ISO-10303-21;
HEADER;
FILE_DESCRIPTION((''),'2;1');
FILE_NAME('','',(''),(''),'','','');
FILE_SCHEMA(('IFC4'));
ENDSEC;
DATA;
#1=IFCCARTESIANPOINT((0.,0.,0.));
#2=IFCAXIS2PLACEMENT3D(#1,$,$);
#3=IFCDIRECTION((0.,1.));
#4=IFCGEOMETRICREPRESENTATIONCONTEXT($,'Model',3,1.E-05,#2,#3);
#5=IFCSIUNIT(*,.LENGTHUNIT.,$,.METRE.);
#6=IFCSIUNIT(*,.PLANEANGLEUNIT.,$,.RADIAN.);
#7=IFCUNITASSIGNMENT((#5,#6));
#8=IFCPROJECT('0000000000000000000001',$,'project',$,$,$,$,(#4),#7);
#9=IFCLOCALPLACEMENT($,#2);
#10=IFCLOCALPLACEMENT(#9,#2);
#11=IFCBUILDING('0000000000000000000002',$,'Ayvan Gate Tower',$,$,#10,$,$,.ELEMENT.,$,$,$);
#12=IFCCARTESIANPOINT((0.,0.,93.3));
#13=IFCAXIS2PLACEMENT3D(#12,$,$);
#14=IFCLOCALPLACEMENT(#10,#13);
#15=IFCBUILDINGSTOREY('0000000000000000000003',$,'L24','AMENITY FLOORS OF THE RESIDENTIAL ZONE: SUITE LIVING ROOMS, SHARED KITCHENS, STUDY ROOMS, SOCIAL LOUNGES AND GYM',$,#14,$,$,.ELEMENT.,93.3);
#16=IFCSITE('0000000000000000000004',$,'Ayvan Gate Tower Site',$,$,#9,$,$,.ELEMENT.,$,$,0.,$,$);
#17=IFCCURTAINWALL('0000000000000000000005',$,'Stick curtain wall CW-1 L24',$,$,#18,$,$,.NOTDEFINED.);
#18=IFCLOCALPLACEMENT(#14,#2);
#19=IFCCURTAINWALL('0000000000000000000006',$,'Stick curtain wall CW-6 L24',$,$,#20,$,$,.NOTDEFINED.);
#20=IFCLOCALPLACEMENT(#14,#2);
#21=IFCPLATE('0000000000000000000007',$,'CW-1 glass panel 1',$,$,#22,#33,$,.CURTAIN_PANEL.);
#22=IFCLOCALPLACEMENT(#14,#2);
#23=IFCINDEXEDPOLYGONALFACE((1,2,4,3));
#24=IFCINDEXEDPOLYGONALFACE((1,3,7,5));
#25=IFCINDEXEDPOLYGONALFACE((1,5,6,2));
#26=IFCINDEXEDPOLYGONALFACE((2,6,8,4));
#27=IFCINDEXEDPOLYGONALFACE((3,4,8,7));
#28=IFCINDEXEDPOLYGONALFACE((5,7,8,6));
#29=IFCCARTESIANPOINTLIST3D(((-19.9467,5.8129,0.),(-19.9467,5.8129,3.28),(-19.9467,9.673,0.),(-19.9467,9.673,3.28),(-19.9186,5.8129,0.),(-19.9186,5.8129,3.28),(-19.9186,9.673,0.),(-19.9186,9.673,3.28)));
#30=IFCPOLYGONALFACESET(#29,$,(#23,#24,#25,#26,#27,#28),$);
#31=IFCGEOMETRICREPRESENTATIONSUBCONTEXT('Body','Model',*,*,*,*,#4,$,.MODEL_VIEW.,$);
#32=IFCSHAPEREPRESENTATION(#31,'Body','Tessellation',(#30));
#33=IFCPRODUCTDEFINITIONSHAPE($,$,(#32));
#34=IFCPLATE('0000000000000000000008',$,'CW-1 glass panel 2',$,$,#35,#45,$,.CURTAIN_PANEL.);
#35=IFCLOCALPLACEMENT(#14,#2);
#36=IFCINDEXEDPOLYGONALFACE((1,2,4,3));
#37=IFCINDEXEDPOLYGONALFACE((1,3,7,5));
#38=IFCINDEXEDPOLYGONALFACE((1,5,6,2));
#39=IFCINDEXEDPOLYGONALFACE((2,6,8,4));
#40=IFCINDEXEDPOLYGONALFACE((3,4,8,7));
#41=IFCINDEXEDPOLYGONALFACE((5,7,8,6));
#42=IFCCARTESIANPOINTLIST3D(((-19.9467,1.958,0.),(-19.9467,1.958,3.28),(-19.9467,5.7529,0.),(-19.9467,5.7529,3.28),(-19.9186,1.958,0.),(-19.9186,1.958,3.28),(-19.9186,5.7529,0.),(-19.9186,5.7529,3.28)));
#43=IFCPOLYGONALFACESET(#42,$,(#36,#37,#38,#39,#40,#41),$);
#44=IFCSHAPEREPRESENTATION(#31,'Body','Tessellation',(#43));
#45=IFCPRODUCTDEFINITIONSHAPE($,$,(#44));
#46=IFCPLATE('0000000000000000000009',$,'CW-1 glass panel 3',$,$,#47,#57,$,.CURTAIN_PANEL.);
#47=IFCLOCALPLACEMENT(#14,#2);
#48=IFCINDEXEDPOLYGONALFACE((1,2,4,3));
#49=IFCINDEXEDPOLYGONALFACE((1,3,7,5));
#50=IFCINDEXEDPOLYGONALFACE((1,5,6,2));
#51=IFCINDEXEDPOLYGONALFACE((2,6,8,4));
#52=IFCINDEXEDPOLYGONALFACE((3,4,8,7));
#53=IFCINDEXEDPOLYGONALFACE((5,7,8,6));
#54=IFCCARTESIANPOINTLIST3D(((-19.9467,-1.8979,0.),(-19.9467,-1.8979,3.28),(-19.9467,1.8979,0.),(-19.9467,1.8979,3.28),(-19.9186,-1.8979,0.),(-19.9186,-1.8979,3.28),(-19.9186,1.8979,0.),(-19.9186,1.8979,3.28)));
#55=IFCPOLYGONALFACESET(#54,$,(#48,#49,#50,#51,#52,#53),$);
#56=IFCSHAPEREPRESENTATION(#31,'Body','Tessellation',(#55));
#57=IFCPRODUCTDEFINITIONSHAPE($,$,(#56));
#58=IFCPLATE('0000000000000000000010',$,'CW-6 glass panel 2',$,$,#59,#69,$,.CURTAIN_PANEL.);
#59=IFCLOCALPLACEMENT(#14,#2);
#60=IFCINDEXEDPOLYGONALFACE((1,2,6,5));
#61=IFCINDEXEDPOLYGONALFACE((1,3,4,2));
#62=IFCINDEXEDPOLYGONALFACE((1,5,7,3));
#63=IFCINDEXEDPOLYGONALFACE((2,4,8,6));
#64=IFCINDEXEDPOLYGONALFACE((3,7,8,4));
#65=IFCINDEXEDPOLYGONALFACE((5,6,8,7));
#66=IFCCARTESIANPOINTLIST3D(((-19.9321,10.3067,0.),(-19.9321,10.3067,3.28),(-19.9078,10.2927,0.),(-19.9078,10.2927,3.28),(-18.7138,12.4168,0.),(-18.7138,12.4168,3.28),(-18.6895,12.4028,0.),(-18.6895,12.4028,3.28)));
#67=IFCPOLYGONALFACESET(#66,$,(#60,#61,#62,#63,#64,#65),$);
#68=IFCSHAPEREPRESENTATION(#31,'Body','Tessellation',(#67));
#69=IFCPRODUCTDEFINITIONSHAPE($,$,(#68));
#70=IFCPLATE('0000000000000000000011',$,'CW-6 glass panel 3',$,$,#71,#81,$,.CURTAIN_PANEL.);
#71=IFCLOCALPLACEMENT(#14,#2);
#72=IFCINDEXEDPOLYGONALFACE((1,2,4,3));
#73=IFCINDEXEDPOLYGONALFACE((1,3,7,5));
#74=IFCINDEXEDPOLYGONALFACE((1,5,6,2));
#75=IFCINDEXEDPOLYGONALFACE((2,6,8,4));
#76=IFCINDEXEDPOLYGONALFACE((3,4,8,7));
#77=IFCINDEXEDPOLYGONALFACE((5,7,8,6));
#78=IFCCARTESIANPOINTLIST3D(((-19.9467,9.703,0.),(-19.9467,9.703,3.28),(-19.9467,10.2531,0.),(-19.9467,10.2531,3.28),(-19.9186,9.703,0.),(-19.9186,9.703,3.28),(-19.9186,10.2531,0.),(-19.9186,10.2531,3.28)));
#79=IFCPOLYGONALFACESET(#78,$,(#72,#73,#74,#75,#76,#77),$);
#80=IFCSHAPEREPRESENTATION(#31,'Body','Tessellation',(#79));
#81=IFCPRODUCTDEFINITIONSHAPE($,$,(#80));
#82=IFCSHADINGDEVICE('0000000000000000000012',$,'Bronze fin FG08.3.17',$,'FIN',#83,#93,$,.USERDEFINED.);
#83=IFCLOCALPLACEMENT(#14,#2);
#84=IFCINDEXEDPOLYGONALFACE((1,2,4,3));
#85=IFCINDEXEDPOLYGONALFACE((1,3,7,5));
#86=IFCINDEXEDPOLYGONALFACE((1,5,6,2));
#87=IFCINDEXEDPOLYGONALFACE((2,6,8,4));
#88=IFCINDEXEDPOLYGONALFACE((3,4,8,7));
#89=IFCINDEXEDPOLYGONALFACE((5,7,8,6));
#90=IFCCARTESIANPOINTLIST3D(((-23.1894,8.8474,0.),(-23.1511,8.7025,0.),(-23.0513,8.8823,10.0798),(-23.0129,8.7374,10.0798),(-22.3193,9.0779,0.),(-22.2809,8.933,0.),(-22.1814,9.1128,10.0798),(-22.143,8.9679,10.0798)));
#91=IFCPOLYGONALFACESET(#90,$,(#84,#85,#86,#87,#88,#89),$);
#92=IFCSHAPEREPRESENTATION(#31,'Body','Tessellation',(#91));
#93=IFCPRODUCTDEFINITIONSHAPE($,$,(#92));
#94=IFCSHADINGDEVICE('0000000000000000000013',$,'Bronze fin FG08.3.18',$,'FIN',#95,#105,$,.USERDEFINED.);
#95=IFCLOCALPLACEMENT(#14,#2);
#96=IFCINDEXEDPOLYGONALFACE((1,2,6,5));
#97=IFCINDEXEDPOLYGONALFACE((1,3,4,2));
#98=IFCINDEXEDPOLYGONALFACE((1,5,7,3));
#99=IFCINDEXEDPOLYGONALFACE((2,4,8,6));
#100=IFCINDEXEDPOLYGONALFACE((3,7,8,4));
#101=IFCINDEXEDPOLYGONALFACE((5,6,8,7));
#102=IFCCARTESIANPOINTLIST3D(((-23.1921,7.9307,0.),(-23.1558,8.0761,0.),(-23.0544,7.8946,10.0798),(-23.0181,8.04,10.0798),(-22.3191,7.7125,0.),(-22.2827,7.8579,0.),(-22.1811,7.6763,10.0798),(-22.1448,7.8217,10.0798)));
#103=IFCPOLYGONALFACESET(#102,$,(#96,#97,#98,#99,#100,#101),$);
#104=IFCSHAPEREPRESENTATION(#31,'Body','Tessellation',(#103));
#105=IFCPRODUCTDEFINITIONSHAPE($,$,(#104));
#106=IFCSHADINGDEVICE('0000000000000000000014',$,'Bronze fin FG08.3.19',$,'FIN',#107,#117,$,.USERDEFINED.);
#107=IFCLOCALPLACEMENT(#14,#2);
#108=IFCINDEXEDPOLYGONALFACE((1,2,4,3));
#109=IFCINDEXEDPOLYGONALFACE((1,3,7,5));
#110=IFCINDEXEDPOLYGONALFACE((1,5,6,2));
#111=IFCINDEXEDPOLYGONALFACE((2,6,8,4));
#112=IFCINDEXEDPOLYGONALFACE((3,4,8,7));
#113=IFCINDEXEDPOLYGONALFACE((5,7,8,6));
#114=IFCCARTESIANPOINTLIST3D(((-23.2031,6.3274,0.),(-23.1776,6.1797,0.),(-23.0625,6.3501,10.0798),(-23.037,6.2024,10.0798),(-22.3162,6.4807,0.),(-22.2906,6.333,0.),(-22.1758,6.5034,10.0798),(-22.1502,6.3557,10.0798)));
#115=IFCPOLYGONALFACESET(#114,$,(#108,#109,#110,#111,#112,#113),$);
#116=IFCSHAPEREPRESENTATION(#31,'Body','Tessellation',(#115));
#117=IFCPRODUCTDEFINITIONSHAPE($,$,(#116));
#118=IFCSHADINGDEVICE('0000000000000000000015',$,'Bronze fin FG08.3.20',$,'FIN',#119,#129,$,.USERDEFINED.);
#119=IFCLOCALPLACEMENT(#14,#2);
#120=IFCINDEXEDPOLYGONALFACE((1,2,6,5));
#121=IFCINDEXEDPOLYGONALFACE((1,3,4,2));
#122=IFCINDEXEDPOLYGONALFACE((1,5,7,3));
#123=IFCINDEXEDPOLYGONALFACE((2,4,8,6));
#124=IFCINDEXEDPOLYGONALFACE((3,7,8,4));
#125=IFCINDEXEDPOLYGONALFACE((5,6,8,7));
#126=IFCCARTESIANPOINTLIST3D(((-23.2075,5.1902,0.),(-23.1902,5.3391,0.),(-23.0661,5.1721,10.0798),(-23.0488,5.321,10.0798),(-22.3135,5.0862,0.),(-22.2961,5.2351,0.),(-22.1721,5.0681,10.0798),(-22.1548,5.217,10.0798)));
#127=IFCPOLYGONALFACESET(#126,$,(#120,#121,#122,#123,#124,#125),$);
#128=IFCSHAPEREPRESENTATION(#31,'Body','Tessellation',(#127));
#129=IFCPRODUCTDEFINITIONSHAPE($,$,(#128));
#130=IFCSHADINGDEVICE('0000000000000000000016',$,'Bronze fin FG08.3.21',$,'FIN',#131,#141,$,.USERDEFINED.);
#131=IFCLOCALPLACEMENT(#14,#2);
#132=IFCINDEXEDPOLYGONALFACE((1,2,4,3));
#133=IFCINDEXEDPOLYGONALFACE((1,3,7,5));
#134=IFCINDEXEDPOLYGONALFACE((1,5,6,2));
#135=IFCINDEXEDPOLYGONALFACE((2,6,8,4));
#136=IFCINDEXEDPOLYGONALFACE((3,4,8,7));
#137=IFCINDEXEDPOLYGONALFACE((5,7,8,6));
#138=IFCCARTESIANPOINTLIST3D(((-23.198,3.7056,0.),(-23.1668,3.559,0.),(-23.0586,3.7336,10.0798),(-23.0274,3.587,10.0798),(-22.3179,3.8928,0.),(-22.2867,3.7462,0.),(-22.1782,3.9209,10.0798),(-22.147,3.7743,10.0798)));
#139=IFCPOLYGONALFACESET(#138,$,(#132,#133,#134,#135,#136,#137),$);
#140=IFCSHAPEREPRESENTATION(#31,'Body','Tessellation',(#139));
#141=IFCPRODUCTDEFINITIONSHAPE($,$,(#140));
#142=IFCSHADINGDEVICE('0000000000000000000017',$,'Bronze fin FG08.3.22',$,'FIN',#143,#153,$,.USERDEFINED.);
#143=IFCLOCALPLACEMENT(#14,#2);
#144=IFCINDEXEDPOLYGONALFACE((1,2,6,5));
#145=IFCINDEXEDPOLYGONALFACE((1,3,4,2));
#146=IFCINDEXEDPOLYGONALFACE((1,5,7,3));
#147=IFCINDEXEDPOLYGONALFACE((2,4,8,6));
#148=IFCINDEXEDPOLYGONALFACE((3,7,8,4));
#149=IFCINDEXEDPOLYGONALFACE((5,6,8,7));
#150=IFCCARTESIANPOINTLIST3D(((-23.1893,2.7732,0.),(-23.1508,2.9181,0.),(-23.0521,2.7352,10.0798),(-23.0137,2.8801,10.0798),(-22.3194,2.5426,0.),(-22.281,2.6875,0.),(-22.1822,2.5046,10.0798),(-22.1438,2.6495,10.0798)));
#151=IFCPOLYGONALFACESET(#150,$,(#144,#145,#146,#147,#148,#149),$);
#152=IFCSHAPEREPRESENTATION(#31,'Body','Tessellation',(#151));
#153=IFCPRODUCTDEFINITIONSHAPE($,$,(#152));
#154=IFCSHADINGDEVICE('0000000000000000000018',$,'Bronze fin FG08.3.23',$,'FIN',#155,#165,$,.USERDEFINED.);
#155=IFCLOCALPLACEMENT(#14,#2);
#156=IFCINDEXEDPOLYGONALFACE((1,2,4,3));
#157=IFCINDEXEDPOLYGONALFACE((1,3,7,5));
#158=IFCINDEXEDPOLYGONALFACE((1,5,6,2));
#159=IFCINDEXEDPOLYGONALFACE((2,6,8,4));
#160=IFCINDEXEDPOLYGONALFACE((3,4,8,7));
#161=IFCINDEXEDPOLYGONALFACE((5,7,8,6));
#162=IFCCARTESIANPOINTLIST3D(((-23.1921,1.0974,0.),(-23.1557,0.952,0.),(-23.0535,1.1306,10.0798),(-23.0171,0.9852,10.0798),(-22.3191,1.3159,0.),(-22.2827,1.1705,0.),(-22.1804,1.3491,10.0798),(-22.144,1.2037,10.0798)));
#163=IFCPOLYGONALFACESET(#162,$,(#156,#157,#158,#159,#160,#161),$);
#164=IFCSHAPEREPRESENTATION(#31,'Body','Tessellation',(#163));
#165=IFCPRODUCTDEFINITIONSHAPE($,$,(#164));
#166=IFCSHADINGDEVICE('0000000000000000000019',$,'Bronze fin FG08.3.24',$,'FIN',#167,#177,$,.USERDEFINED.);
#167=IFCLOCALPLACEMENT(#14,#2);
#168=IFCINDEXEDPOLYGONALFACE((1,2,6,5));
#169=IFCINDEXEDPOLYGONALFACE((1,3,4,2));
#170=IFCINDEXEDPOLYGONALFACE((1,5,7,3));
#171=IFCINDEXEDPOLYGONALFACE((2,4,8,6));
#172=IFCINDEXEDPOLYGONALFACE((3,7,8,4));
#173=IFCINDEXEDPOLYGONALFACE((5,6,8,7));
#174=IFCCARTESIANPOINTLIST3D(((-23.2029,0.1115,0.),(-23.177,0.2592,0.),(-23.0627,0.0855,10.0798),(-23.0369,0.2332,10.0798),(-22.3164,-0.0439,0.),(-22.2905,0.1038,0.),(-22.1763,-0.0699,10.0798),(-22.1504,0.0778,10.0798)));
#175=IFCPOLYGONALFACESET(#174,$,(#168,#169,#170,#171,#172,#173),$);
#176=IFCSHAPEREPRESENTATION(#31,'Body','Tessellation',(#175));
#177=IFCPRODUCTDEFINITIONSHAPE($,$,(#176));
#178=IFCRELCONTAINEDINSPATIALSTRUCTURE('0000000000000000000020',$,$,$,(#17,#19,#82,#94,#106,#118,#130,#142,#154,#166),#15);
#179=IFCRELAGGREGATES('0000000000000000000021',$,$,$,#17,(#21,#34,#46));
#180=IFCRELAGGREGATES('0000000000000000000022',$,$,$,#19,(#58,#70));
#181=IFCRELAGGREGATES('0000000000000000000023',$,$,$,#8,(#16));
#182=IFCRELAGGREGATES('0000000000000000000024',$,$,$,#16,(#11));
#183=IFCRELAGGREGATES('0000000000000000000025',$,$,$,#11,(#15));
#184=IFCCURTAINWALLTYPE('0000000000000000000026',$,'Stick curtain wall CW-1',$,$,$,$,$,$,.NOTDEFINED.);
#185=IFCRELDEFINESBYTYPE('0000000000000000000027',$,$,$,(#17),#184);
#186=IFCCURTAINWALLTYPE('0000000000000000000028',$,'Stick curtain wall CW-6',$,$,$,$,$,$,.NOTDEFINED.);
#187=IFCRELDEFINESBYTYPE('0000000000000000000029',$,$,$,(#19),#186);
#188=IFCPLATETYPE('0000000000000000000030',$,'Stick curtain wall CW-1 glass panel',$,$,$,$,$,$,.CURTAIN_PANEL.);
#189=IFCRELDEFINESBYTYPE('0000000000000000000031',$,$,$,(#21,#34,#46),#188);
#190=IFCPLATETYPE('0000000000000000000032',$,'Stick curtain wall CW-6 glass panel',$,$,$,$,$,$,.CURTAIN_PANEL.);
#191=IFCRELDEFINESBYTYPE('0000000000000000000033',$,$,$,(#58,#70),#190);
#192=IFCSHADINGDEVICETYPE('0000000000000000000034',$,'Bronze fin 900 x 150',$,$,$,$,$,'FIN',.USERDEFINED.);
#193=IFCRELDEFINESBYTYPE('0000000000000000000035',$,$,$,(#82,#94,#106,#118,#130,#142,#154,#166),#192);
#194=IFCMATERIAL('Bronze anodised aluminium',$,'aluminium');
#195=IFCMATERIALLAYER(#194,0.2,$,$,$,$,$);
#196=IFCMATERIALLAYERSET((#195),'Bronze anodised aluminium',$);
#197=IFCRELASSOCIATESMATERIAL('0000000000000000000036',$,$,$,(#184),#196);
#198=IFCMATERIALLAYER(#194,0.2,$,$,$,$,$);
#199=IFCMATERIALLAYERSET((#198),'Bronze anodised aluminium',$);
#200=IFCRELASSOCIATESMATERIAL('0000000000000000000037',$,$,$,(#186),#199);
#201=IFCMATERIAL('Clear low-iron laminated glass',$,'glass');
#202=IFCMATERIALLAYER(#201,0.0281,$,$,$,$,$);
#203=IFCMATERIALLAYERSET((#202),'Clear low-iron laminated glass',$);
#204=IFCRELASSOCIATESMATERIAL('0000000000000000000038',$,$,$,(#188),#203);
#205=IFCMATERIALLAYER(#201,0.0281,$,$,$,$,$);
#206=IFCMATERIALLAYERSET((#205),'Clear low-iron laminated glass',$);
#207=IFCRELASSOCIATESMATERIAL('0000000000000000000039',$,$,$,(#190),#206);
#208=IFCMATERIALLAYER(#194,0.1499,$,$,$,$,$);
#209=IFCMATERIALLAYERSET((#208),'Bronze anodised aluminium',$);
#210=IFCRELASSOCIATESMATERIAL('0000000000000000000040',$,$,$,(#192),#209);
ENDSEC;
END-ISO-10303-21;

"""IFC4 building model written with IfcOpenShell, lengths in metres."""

from ifc_helpers import new_model, si_unit, direction, frame, origin, origin_2d, place, context, subcontext, project, spatial, polyline, rectangle, outline, extrude, material, layer, layer_set, type_object, element, aggregate, save


model = new_model("IFC4")

# Units and contexts
model_context = context("Model", 3, precision=1e-05, world=origin(), true_north=direction((0.0, 1.0)))
body_context = subcontext(model_context, "Body", "Model", "MODEL_VIEW")
ifc_project = project(units=[si_unit("LENGTHUNIT", "METRE"), si_unit("PLANEANGLEUNIT", "RADIAN")], contexts=[model_context])

# Site, building, storey
site_placement = place(None, origin())
site = spatial("IfcSite", under=ifc_project, at=site_placement, Name="Ayvan Gate Tower Site", CompositionType="ELEMENT", RefElevation=0.0)
building_placement = place(site_placement, origin())
building = spatial("IfcBuilding", under=site, at=building_placement, Name="Ayvan Gate Tower", CompositionType="ELEMENT")
storey_placement = place(building_placement, frame((0.0, 0.0, 93.3)))
storey = spatial("IfcBuildingStorey", under=building, at=storey_placement, Name="L24", Description="AMENITY FLOORS OF THE RESIDENTIAL ZONE: SUITE LIVING ROOMS, SHARED KITCHENS, STUDY ROOMS, SOCIAL LOUNGES AND GYM", CompositionType="ELEMENT", Elevation=93.3)

# Curtain walls
ifc_material_1 = material(Name="Bronze anodised aluminium", Category="aluminium")
ifc_layer_1 = layer(ifc_material_1, 0.2)
ifc_layer_set_1 = layer_set([ifc_layer_1], Name="Bronze anodised aluminium")
curtain_wall_type_1 = type_object("IfcCurtainWallType", Name="Stick curtain wall CW-1", PredefinedType="NOTDEFINED", material=ifc_layer_set_1)
curtain_wall_1_placement = place(storey_placement, origin())
curtain_wall_1 = element("IfcCurtainWall", 1, at=curtain_wall_1_placement, inside=storey, type_object=curtain_wall_type_1, Name="Stick curtain wall CW-1 L24", PredefinedType="NOTDEFINED")
ifc_layer_2 = layer(ifc_material_1, 0.2)
ifc_layer_set_2 = layer_set([ifc_layer_2], Name="Bronze anodised aluminium")
curtain_wall_type_2 = type_object("IfcCurtainWallType", Name="Stick curtain wall CW-6", PredefinedType="NOTDEFINED", material=ifc_layer_set_2)
curtain_wall_2_placement = place(storey_placement, origin())
curtain_wall_2 = element("IfcCurtainWall", 2, at=curtain_wall_2_placement, inside=storey, type_object=curtain_wall_type_2, Name="Stick curtain wall CW-6 L24", PredefinedType="NOTDEFINED")

# Plates
ifc_material_2 = material(Name="Clear low-iron laminated glass", Category="glass")
ifc_layer_3 = layer(ifc_material_2, 0.0281)
ifc_layer_set_3 = layer_set([ifc_layer_3], Name="Clear low-iron laminated glass")
plate_type_1 = type_object("IfcPlateType", Name="Stick curtain wall CW-1 glass panel", PredefinedType="CURTAIN_PANEL", material=ifc_layer_set_3)
plate_1_placement = place(storey_placement, frame((-19.9326, 7.7429, 0.0), z_axis=(0.0, 0.0, 1.0), x_axis=(0.0, -1.0, 0.0)))
plate_1 = element("IfcPlate", 3, at=plate_1_placement, type_object=plate_type_1, Name="CW-1 glass panel 1", PredefinedType="CURTAIN_PANEL", context=body_context, shape_type="SweptSolid", body=[
    extrude(rectangle(XDim=3.8601, YDim=0.0281, at=origin_2d()), origin(), (0.0, 0.0, 1.0), 3.28),
])
plate_2_placement = place(storey_placement, frame((-19.9326, 3.8555, 0.0), z_axis=(0.0, 0.0, 1.0), x_axis=(0.0, -1.0, 0.0)))
plate_2 = element("IfcPlate", 4, at=plate_2_placement, type_object=plate_type_1, Name="CW-1 glass panel 2", PredefinedType="CURTAIN_PANEL", context=body_context, shape_type="SweptSolid", body=[
    extrude(rectangle(XDim=3.7949, YDim=0.0281, at=origin_2d()), origin(), (0.0, 0.0, 1.0), 3.28),
])
plate_3_placement = place(storey_placement, frame((-19.9326, 0.0, 0.0), z_axis=(0.0, 0.0, 1.0), x_axis=(0.0, -1.0, 0.0)))
plate_3 = element("IfcPlate", 5, at=plate_3_placement, type_object=plate_type_1, Name="CW-1 glass panel 3", PredefinedType="CURTAIN_PANEL", context=body_context, shape_type="SweptSolid", body=[
    extrude(rectangle(XDim=3.7959, YDim=0.0281, at=origin_2d()), origin(), (0.0, 0.0, 1.0), 3.28),
])
aggregate(curtain_wall_1, [plate_1, plate_2, plate_3])
ifc_layer_4 = layer(ifc_material_2, 0.0281)
ifc_layer_set_4 = layer_set([ifc_layer_4], Name="Clear low-iron laminated glass")
plate_type_2 = type_object("IfcPlateType", Name="Stick curtain wall CW-6 glass panel", PredefinedType="CURTAIN_PANEL", material=ifc_layer_set_4)
plate_4_placement = place(storey_placement, frame((-19.3108, 11.3547, 0.0), z_axis=(0.0, 0.0, 1.0), x_axis=(-0.5, -0.866025, 0.0)))
plate_4 = element("IfcPlate", 6, at=plate_4_placement, type_object=plate_type_2, Name="CW-6 glass panel 2", PredefinedType="CURTAIN_PANEL", context=body_context, shape_type="SweptSolid", body=[
    extrude(rectangle(XDim=2.4365, YDim=0.0281, at=origin_2d()), origin(), (0.0, 0.0, 1.0), 3.28),
])
plate_5_placement = place(storey_placement, frame((-19.9326, 9.978, 0.0), z_axis=(0.0, 0.0, 1.0), x_axis=(0.0, -1.0, 0.0)))
plate_5 = element("IfcPlate", 7, at=plate_5_placement, type_object=plate_type_2, Name="CW-6 glass panel 3", PredefinedType="CURTAIN_PANEL", context=body_context, shape_type="SweptSolid", body=[
    extrude(rectangle(XDim=0.55, YDim=0.0281, at=origin_2d()), origin(), (0.0, 0.0, 1.0), 3.28),
])
aggregate(curtain_wall_2, [plate_4, plate_5])

# Shading devices
ifc_layer_5 = layer(ifc_material_1, 0.1499)
ifc_layer_set_5 = layer_set([ifc_layer_5], Name="Bronze anodised aluminium")
shading_device_type = type_object("IfcShadingDeviceType", Name="Bronze fin 900 x 150", ElementType="FIN", PredefinedType="USERDEFINED", material=ifc_layer_set_5)
shading_device_1_placement = place(storey_placement, frame((-22.3193, 9.0779, 0.0), z_axis=(-0.256075, 0.966657, 0.000159), x_axis=(-0.966657, -0.256075, 0.0)))
element("IfcShadingDevice", 8, at=shading_device_1_placement, inside=storey, type_object=shading_device_type, Name="Bronze fin FG08.3.17", ObjectType="FIN", PredefinedType="USERDEFINED", context=body_context, shape_type="SweptSolid", body=[
    extrude(outline(polyline([(0.0, 0.0), (0.9001, 0.0), (0.7576, 10.0798), (-0.1423, 10.0798), (0.0, 0.0)])), origin(), (0.0, 0.0, -1.0), 0.1499),
])
shading_device_2_placement = place(storey_placement, frame((-22.2827, 7.8579, 0.0), z_axis=(0.242504, 0.97015, 0.000162), x_axis=(-0.97015, 0.242504, 0.0)))
element("IfcShadingDevice", 9, at=shading_device_2_placement, inside=storey, type_object=shading_device_type, Name="Bronze fin FG08.3.18", ObjectType="FIN", PredefinedType="USERDEFINED", context=body_context, shape_type="SweptSolid", body=[
    extrude(outline(polyline([(0.0, 0.0), (0.8999, 0.0), (0.7576, 10.0798), (-0.1426, 10.0798), (0.0, 0.0)])), origin(), (0.0, 0.0, -1.0), 0.1499),
])
shading_device_3_placement = place(storey_placement, frame((-22.3162, 6.4807, 0.0), z_axis=(-0.170357, 0.985382, 0.000155), x_axis=(-0.985382, -0.170357, 0.0)))
element("IfcShadingDevice", 10, at=shading_device_3_placement, inside=storey, type_object=shading_device_type, Name="Bronze fin FG08.3.19", ObjectType="FIN", PredefinedType="USERDEFINED", context=body_context, shape_type="SweptSolid", body=[
    extrude(outline(polyline([(0.0, 0.0), (0.9001, 0.0), (0.7577, 10.0798), (-0.1422, 10.0798), (0.0, 0.0)])), origin(), (0.0, 0.0, -1.0), 0.1499),
])
shading_device_4_placement = place(storey_placement, frame((-22.2961, 5.2351, 0.0), z_axis=(0.115551, 0.993302, 0.00016), x_axis=(-0.993302, 0.115551, 0.0)))
element("IfcShadingDevice", 11, at=shading_device_4_placement, inside=storey, type_object=shading_device_type, Name="Bronze fin FG08.3.20", ObjectType="FIN", PredefinedType="USERDEFINED", context=body_context, shape_type="SweptSolid", body=[
    extrude(outline(polyline([(0.0, 0.0), (0.9001, 0.0), (0.7576, 10.0798), (-0.1425, 10.0798), (0.0, 0.0)])), origin(), (0.0, 0.0, -1.0), 0.1499),
])
shading_device_5_placement = place(storey_placement, frame((-22.3179, 3.8928, 0.0), z_axis=(-0.208075, 0.978113, 0.000156), x_axis=(-0.978113, -0.208075, 0.0)))
element("IfcShadingDevice", 12, at=shading_device_5_placement, inside=storey, type_object=shading_device_type, Name="Bronze fin FG08.3.21", ObjectType="FIN", PredefinedType="USERDEFINED", context=body_context, shape_type="SweptSolid", body=[
    extrude(outline(polyline([(0.0, 0.0), (0.8998, 0.0), (0.7576, 10.0798), (-0.1424, 10.0798), (0.0, 0.0)])), origin(), (0.0, 0.0, -1.0), 0.1499),
])
shading_device_6_placement = place(storey_placement, frame((-22.281, 2.6875, 0.0), z_axis=(0.256236, 0.966614, 0.000153), x_axis=(-0.966614, 0.256236, 0.0)))
element("IfcShadingDevice", 13, at=shading_device_6_placement, inside=storey, type_object=shading_device_type, Name="Bronze fin FG08.3.22", ObjectType="FIN", PredefinedType="USERDEFINED", context=body_context, shape_type="SweptSolid", body=[
    extrude(outline(polyline([(0.0, 0.0), (0.8999, 0.0), (0.7576, 10.0798), (-0.1424, 10.0798), (0.0, 0.0)])), origin(), (0.0, 0.0, -1.0), 0.1499),
])
shading_device_7_placement = place(storey_placement, frame((-22.3191, 1.3159, 0.0), z_axis=(-0.242791, 0.970079, 0.000145), x_axis=(-0.970079, -0.242791, 0.0)))
element("IfcShadingDevice", 14, at=shading_device_7_placement, inside=storey, type_object=shading_device_type, Name="Bronze fin FG08.3.23", ObjectType="FIN", PredefinedType="USERDEFINED", context=body_context, shape_type="SweptSolid", body=[
    extrude(outline(polyline([(0.0, 0.0), (0.9, 0.0), (0.7574, 10.0798), (-0.1426, 10.0798), (0.0, 0.0)])), origin(), (0.0, 0.0, -1.0), 0.1499),
])
shading_device_8_placement = place(storey_placement, frame((-22.2905, 0.1038, 0.0), z_axis=(0.172663, 0.984981, 0.00014), x_axis=(-0.984981, 0.172663, 0.0)))
element("IfcShadingDevice", 15, at=shading_device_8_placement, inside=storey, type_object=shading_device_type, Name="Bronze fin FG08.3.24", ObjectType="FIN", PredefinedType="USERDEFINED", context=body_context, shape_type="SweptSolid", body=[
    extrude(outline(polyline([(0.0, 0.0), (0.9, 0.0), (0.7575, 10.0798), (-0.1425, 10.0798), (0.0, 0.0)])), origin(), (0.0, 0.0, -1.0), 0.1499),
])

save(model, "model.ifc")
